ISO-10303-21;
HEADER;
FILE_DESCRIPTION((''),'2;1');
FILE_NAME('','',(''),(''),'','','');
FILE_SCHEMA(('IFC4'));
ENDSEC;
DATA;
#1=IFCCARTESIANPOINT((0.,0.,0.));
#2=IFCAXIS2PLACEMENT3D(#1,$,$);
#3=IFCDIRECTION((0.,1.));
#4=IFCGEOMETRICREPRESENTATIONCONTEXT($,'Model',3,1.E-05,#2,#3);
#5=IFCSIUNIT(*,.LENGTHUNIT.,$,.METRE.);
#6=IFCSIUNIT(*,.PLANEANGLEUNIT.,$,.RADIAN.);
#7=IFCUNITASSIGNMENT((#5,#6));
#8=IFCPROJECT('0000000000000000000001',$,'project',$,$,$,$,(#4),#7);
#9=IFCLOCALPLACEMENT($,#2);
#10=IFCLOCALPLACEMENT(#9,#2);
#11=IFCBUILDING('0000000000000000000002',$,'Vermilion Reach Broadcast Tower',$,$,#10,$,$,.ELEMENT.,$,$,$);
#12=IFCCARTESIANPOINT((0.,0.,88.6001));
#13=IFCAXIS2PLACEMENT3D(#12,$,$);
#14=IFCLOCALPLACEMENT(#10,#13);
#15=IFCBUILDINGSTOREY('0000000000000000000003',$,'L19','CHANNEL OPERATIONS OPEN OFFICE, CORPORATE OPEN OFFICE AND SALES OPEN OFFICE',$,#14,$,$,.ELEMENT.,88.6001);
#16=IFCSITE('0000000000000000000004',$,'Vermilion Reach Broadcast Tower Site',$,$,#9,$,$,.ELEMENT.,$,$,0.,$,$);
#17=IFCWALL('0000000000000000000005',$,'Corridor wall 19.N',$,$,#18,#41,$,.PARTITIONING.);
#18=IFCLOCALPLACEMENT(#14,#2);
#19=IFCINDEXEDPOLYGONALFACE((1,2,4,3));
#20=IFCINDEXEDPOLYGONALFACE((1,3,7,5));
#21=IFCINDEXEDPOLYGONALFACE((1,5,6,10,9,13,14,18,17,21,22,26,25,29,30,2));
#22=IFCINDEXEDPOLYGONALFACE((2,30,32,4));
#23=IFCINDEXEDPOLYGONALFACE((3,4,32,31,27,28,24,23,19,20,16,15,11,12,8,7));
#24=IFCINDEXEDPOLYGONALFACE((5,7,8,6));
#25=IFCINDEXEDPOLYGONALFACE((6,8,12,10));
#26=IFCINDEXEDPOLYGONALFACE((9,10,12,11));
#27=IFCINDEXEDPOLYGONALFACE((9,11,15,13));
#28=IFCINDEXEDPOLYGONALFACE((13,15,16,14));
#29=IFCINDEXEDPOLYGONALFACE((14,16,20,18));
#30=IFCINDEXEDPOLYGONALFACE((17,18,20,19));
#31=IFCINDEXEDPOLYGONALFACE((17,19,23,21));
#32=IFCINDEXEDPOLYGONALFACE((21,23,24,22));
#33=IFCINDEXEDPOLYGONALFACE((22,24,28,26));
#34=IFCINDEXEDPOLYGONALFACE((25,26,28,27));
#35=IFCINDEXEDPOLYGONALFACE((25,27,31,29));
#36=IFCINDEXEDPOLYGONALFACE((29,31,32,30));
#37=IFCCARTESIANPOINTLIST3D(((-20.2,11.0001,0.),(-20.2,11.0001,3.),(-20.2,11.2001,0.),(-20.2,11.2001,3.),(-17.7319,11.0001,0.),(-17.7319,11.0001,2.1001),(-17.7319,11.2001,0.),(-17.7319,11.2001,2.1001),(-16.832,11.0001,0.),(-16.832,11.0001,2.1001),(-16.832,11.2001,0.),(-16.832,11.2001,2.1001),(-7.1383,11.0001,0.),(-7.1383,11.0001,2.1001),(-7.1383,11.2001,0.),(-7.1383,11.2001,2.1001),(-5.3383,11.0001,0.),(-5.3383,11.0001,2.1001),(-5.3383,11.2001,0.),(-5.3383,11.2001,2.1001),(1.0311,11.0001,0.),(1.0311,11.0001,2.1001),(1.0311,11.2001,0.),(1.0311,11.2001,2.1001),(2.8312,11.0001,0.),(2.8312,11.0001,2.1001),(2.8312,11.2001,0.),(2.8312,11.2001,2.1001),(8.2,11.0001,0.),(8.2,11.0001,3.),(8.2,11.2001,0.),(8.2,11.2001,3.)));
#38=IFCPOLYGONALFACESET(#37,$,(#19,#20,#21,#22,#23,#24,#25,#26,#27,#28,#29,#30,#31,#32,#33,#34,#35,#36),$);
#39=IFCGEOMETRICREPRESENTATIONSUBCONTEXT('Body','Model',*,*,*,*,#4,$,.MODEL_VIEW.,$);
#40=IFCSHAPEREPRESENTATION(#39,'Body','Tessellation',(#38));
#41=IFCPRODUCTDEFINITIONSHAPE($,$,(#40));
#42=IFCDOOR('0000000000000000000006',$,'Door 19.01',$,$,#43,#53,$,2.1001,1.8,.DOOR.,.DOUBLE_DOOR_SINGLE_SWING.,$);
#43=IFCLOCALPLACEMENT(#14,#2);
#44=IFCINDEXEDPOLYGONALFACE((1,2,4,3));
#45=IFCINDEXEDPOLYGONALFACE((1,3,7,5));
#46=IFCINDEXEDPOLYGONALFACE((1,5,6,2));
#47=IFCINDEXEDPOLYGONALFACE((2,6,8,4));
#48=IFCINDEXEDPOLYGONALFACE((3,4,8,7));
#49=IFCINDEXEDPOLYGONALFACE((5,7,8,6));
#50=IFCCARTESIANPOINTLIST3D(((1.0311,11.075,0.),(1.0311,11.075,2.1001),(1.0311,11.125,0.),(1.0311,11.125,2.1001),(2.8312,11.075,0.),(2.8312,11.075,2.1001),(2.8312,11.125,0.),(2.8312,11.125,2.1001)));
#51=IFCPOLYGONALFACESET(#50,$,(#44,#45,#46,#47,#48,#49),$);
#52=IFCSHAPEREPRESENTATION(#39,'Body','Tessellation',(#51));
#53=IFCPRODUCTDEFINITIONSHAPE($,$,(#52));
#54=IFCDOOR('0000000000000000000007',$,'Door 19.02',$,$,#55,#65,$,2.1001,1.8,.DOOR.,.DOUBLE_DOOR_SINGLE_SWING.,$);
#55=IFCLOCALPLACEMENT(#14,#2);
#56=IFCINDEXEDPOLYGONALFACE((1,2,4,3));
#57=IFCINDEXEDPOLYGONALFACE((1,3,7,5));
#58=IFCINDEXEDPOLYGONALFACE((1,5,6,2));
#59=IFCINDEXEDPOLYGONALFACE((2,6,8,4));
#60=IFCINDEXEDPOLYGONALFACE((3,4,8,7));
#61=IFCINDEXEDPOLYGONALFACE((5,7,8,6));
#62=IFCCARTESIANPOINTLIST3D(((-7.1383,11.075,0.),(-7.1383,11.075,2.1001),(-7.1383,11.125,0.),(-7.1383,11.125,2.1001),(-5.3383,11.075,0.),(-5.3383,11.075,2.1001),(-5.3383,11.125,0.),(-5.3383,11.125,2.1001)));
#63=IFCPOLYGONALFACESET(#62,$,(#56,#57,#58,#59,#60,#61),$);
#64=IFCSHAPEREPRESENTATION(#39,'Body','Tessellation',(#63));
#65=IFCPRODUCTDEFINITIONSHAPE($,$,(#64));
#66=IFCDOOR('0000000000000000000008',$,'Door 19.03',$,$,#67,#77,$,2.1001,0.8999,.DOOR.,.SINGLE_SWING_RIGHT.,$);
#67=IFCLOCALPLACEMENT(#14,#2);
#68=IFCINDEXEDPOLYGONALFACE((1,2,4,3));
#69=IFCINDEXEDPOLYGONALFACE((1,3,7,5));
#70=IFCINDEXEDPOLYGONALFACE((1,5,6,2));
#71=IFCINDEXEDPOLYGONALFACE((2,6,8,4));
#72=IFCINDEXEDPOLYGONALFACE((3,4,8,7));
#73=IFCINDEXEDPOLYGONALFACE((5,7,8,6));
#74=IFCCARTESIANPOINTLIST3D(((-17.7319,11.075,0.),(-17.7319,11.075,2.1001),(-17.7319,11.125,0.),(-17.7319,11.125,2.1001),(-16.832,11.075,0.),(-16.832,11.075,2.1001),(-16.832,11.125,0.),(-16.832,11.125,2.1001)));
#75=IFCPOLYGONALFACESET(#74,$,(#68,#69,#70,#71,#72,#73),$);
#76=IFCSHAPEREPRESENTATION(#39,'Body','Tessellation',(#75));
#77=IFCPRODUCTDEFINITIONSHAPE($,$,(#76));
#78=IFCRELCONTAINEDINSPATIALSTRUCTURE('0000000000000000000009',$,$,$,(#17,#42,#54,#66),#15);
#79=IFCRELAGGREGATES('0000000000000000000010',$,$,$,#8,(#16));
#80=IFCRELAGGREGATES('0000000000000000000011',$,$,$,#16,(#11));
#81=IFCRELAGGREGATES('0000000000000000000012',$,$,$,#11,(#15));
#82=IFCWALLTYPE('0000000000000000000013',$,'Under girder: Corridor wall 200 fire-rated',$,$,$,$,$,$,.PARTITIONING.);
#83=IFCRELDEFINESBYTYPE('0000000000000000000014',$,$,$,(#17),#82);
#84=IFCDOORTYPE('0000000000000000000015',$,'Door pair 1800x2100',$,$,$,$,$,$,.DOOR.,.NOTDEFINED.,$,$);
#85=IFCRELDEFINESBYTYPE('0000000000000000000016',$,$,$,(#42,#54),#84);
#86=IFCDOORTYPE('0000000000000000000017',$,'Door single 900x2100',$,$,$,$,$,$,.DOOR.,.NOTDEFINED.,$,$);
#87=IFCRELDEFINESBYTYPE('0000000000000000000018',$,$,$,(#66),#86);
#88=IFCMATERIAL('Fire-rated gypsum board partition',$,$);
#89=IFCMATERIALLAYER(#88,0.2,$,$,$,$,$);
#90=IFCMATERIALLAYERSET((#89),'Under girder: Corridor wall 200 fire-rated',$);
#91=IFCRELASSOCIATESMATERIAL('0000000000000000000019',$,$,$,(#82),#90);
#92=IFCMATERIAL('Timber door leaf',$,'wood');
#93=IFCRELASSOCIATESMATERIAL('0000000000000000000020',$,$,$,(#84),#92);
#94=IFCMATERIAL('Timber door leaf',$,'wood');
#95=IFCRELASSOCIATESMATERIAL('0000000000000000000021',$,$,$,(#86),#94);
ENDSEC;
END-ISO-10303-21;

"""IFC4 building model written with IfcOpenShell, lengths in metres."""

from ifc_helpers import new_model, si_unit, direction, frame, frame_2d, origin, place, context, subcontext, project, spatial, rectangle, extrude, material, layer, layer_set, type_object, element, fill, save


model = new_model("IFC4")

# Units and contexts
model_context = context("Model", 3, precision=1e-05, world=origin(), true_north=direction((0.0, 1.0)))
body_context = subcontext(model_context, "Body", "Model", "MODEL_VIEW")
ifc_project = project(units=[si_unit("LENGTHUNIT", "METRE"), si_unit("PLANEANGLEUNIT", "RADIAN")], contexts=[model_context])

# Site, building, storey
site_placement = place(None, origin())
site = spatial("IfcSite", under=ifc_project, at=site_placement, Name="Vermilion Reach Broadcast Tower Site", CompositionType="ELEMENT", RefElevation=0.0)
building_placement = place(site_placement, origin())
building = spatial("IfcBuilding", under=site, at=building_placement, Name="Vermilion Reach Broadcast Tower", CompositionType="ELEMENT")
storey_placement = place(building_placement, frame((0.0, 0.0, 88.6001)))
storey = spatial("IfcBuildingStorey", under=building, at=storey_placement, Name="L19", Description="CHANNEL OPERATIONS OPEN OFFICE, CORPORATE OPEN OFFICE AND SALES OPEN OFFICE", CompositionType="ELEMENT", Elevation=88.6001)

# Wall, openings, doors
ifc_material_1 = material(Name="Fire-rated gypsum board partition")
ifc_layer_1 = layer(ifc_material_1, 0.2)
ifc_layer_set_1 = layer_set([ifc_layer_1], Name="Under girder: Corridor wall 200 fire-rated")
wall_type_1 = type_object("IfcWallType", Name="Under girder: Corridor wall 200 fire-rated", PredefinedType="PARTITIONING", material=ifc_layer_set_1)
wall_1_placement = place(storey_placement, frame((-20.2, 11.1001, 0.0), z_axis=(0.0, 0.0, 1.0), x_axis=(1.0, 0.0, 0.0)))
wall_1 = element("IfcWall", 1, at=wall_1_placement, inside=storey, type_object=wall_type_1, Name="Corridor wall 19.N", PredefinedType="PARTITIONING", context=body_context, shape_type="SweptSolid", body=[
    extrude(rectangle(XDim=28.3999, YDim=0.2, at=frame_2d((14.2, 0.0))), origin(), (0.0, 0.0, 1.0), 3.0),
])
opening_1_placement = place(wall_1_placement, frame((21.2312, 0.0, 0.0)))
opening_1 = element("IfcOpeningElement", 2, at=opening_1_placement, cuts=wall_1, PredefinedType="OPENING", context=body_context, shape_type="SweptSolid", body=[
    extrude(rectangle(XDim=1.8, YDim=2.1001, at=frame_2d((0.8999, 1.05))), frame((0.0, 0.1099, 0.0), z_axis=(0.0, -1.0, 0.0), x_axis=(1.0, 0.0, 0.0)), (0.0, 0.0, 1.0), 0.22),
])
opening_2_placement = place(wall_1_placement, frame((13.0618, 0.0, 0.0)))
opening_2 = element("IfcOpeningElement", 3, at=opening_2_placement, cuts=wall_1, PredefinedType="OPENING", context=body_context, shape_type="SweptSolid", body=[
    extrude(rectangle(XDim=1.8, YDim=2.1001, at=frame_2d((0.8999, 1.05))), frame((0.0, 0.1099, 0.0), z_axis=(0.0, -1.0, 0.0), x_axis=(1.0, 0.0, 0.0)), (0.0, 0.0, 1.0), 0.22),
])
opening_3_placement = place(wall_1_placement, frame((2.468, 0.0, 0.0)))
opening_3 = element("IfcOpeningElement", 4, at=opening_3_placement, cuts=wall_1, PredefinedType="OPENING", context=body_context, shape_type="SweptSolid", body=[
    extrude(rectangle(XDim=0.8999, YDim=2.1001, at=frame_2d((0.45, 1.05))), frame((0.0, 0.1099, 0.0), z_axis=(0.0, -1.0, 0.0), x_axis=(1.0, 0.0, 0.0)), (0.0, 0.0, 1.0), 0.22),
])
ifc_material_2 = material(Name="Timber door leaf", Category="wood")
door_type_1 = type_object("IfcDoorType", Name="Door pair 1800x2100", OperationType="NOTDEFINED", PredefinedType="DOOR", material=ifc_material_2)
door_1_placement = place(opening_1_placement, origin())
door_1 = element("IfcDoor", 5, at=door_1_placement, inside=storey, type_object=door_type_1, Name="Door 19.01", OperationType="DOUBLE_DOOR_SINGLE_SWING", OverallHeight=2.1001, OverallWidth=1.8, PredefinedType="DOOR", context=body_context, shape_type="SweptSolid", body=[
    extrude(rectangle(XDim=1.8, YDim=2.1001, at=frame_2d((0.8999, 1.05))), frame((0.0, 0.0249, 0.0), z_axis=(0.0, -1.0, 0.0), x_axis=(1.0, 0.0, 0.0)), (0.0, 0.0, 1.0), 0.05),
])
fill(opening_1, door_1)
door_2_placement = place(opening_2_placement, origin())
door_2 = element("IfcDoor", 6, at=door_2_placement, inside=storey, type_object=door_type_1, Name="Door 19.02", OperationType="DOUBLE_DOOR_SINGLE_SWING", OverallHeight=2.1001, OverallWidth=1.8, PredefinedType="DOOR", context=body_context, shape_type="SweptSolid", body=[
    extrude(rectangle(XDim=1.8, YDim=2.1001, at=frame_2d((0.8999, 1.05))), frame((0.0, 0.0249, 0.0), z_axis=(0.0, -1.0, 0.0), x_axis=(1.0, 0.0, 0.0)), (0.0, 0.0, 1.0), 0.05),
])
fill(opening_2, door_2)
ifc_material_3 = material(Name="Timber door leaf", Category="wood")
door_type_2 = type_object("IfcDoorType", Name="Door single 900x2100", OperationType="NOTDEFINED", PredefinedType="DOOR", material=ifc_material_3)
door_3_placement = place(opening_3_placement, origin())
door_3 = element("IfcDoor", 7, at=door_3_placement, inside=storey, type_object=door_type_2, Name="Door 19.03", OperationType="SINGLE_SWING_RIGHT", OverallHeight=2.1001, OverallWidth=0.8999, PredefinedType="DOOR", context=body_context, shape_type="SweptSolid", body=[
    extrude(rectangle(XDim=0.8999, YDim=2.1001, at=frame_2d((0.45, 1.05))), frame((0.0, 0.0249, 0.0), z_axis=(0.0, -1.0, 0.0), x_axis=(1.0, 0.0, 0.0)), (0.0, 0.0, 1.0), 0.05),
])
fill(opening_3, door_3)

save(model, "model.ifc")
